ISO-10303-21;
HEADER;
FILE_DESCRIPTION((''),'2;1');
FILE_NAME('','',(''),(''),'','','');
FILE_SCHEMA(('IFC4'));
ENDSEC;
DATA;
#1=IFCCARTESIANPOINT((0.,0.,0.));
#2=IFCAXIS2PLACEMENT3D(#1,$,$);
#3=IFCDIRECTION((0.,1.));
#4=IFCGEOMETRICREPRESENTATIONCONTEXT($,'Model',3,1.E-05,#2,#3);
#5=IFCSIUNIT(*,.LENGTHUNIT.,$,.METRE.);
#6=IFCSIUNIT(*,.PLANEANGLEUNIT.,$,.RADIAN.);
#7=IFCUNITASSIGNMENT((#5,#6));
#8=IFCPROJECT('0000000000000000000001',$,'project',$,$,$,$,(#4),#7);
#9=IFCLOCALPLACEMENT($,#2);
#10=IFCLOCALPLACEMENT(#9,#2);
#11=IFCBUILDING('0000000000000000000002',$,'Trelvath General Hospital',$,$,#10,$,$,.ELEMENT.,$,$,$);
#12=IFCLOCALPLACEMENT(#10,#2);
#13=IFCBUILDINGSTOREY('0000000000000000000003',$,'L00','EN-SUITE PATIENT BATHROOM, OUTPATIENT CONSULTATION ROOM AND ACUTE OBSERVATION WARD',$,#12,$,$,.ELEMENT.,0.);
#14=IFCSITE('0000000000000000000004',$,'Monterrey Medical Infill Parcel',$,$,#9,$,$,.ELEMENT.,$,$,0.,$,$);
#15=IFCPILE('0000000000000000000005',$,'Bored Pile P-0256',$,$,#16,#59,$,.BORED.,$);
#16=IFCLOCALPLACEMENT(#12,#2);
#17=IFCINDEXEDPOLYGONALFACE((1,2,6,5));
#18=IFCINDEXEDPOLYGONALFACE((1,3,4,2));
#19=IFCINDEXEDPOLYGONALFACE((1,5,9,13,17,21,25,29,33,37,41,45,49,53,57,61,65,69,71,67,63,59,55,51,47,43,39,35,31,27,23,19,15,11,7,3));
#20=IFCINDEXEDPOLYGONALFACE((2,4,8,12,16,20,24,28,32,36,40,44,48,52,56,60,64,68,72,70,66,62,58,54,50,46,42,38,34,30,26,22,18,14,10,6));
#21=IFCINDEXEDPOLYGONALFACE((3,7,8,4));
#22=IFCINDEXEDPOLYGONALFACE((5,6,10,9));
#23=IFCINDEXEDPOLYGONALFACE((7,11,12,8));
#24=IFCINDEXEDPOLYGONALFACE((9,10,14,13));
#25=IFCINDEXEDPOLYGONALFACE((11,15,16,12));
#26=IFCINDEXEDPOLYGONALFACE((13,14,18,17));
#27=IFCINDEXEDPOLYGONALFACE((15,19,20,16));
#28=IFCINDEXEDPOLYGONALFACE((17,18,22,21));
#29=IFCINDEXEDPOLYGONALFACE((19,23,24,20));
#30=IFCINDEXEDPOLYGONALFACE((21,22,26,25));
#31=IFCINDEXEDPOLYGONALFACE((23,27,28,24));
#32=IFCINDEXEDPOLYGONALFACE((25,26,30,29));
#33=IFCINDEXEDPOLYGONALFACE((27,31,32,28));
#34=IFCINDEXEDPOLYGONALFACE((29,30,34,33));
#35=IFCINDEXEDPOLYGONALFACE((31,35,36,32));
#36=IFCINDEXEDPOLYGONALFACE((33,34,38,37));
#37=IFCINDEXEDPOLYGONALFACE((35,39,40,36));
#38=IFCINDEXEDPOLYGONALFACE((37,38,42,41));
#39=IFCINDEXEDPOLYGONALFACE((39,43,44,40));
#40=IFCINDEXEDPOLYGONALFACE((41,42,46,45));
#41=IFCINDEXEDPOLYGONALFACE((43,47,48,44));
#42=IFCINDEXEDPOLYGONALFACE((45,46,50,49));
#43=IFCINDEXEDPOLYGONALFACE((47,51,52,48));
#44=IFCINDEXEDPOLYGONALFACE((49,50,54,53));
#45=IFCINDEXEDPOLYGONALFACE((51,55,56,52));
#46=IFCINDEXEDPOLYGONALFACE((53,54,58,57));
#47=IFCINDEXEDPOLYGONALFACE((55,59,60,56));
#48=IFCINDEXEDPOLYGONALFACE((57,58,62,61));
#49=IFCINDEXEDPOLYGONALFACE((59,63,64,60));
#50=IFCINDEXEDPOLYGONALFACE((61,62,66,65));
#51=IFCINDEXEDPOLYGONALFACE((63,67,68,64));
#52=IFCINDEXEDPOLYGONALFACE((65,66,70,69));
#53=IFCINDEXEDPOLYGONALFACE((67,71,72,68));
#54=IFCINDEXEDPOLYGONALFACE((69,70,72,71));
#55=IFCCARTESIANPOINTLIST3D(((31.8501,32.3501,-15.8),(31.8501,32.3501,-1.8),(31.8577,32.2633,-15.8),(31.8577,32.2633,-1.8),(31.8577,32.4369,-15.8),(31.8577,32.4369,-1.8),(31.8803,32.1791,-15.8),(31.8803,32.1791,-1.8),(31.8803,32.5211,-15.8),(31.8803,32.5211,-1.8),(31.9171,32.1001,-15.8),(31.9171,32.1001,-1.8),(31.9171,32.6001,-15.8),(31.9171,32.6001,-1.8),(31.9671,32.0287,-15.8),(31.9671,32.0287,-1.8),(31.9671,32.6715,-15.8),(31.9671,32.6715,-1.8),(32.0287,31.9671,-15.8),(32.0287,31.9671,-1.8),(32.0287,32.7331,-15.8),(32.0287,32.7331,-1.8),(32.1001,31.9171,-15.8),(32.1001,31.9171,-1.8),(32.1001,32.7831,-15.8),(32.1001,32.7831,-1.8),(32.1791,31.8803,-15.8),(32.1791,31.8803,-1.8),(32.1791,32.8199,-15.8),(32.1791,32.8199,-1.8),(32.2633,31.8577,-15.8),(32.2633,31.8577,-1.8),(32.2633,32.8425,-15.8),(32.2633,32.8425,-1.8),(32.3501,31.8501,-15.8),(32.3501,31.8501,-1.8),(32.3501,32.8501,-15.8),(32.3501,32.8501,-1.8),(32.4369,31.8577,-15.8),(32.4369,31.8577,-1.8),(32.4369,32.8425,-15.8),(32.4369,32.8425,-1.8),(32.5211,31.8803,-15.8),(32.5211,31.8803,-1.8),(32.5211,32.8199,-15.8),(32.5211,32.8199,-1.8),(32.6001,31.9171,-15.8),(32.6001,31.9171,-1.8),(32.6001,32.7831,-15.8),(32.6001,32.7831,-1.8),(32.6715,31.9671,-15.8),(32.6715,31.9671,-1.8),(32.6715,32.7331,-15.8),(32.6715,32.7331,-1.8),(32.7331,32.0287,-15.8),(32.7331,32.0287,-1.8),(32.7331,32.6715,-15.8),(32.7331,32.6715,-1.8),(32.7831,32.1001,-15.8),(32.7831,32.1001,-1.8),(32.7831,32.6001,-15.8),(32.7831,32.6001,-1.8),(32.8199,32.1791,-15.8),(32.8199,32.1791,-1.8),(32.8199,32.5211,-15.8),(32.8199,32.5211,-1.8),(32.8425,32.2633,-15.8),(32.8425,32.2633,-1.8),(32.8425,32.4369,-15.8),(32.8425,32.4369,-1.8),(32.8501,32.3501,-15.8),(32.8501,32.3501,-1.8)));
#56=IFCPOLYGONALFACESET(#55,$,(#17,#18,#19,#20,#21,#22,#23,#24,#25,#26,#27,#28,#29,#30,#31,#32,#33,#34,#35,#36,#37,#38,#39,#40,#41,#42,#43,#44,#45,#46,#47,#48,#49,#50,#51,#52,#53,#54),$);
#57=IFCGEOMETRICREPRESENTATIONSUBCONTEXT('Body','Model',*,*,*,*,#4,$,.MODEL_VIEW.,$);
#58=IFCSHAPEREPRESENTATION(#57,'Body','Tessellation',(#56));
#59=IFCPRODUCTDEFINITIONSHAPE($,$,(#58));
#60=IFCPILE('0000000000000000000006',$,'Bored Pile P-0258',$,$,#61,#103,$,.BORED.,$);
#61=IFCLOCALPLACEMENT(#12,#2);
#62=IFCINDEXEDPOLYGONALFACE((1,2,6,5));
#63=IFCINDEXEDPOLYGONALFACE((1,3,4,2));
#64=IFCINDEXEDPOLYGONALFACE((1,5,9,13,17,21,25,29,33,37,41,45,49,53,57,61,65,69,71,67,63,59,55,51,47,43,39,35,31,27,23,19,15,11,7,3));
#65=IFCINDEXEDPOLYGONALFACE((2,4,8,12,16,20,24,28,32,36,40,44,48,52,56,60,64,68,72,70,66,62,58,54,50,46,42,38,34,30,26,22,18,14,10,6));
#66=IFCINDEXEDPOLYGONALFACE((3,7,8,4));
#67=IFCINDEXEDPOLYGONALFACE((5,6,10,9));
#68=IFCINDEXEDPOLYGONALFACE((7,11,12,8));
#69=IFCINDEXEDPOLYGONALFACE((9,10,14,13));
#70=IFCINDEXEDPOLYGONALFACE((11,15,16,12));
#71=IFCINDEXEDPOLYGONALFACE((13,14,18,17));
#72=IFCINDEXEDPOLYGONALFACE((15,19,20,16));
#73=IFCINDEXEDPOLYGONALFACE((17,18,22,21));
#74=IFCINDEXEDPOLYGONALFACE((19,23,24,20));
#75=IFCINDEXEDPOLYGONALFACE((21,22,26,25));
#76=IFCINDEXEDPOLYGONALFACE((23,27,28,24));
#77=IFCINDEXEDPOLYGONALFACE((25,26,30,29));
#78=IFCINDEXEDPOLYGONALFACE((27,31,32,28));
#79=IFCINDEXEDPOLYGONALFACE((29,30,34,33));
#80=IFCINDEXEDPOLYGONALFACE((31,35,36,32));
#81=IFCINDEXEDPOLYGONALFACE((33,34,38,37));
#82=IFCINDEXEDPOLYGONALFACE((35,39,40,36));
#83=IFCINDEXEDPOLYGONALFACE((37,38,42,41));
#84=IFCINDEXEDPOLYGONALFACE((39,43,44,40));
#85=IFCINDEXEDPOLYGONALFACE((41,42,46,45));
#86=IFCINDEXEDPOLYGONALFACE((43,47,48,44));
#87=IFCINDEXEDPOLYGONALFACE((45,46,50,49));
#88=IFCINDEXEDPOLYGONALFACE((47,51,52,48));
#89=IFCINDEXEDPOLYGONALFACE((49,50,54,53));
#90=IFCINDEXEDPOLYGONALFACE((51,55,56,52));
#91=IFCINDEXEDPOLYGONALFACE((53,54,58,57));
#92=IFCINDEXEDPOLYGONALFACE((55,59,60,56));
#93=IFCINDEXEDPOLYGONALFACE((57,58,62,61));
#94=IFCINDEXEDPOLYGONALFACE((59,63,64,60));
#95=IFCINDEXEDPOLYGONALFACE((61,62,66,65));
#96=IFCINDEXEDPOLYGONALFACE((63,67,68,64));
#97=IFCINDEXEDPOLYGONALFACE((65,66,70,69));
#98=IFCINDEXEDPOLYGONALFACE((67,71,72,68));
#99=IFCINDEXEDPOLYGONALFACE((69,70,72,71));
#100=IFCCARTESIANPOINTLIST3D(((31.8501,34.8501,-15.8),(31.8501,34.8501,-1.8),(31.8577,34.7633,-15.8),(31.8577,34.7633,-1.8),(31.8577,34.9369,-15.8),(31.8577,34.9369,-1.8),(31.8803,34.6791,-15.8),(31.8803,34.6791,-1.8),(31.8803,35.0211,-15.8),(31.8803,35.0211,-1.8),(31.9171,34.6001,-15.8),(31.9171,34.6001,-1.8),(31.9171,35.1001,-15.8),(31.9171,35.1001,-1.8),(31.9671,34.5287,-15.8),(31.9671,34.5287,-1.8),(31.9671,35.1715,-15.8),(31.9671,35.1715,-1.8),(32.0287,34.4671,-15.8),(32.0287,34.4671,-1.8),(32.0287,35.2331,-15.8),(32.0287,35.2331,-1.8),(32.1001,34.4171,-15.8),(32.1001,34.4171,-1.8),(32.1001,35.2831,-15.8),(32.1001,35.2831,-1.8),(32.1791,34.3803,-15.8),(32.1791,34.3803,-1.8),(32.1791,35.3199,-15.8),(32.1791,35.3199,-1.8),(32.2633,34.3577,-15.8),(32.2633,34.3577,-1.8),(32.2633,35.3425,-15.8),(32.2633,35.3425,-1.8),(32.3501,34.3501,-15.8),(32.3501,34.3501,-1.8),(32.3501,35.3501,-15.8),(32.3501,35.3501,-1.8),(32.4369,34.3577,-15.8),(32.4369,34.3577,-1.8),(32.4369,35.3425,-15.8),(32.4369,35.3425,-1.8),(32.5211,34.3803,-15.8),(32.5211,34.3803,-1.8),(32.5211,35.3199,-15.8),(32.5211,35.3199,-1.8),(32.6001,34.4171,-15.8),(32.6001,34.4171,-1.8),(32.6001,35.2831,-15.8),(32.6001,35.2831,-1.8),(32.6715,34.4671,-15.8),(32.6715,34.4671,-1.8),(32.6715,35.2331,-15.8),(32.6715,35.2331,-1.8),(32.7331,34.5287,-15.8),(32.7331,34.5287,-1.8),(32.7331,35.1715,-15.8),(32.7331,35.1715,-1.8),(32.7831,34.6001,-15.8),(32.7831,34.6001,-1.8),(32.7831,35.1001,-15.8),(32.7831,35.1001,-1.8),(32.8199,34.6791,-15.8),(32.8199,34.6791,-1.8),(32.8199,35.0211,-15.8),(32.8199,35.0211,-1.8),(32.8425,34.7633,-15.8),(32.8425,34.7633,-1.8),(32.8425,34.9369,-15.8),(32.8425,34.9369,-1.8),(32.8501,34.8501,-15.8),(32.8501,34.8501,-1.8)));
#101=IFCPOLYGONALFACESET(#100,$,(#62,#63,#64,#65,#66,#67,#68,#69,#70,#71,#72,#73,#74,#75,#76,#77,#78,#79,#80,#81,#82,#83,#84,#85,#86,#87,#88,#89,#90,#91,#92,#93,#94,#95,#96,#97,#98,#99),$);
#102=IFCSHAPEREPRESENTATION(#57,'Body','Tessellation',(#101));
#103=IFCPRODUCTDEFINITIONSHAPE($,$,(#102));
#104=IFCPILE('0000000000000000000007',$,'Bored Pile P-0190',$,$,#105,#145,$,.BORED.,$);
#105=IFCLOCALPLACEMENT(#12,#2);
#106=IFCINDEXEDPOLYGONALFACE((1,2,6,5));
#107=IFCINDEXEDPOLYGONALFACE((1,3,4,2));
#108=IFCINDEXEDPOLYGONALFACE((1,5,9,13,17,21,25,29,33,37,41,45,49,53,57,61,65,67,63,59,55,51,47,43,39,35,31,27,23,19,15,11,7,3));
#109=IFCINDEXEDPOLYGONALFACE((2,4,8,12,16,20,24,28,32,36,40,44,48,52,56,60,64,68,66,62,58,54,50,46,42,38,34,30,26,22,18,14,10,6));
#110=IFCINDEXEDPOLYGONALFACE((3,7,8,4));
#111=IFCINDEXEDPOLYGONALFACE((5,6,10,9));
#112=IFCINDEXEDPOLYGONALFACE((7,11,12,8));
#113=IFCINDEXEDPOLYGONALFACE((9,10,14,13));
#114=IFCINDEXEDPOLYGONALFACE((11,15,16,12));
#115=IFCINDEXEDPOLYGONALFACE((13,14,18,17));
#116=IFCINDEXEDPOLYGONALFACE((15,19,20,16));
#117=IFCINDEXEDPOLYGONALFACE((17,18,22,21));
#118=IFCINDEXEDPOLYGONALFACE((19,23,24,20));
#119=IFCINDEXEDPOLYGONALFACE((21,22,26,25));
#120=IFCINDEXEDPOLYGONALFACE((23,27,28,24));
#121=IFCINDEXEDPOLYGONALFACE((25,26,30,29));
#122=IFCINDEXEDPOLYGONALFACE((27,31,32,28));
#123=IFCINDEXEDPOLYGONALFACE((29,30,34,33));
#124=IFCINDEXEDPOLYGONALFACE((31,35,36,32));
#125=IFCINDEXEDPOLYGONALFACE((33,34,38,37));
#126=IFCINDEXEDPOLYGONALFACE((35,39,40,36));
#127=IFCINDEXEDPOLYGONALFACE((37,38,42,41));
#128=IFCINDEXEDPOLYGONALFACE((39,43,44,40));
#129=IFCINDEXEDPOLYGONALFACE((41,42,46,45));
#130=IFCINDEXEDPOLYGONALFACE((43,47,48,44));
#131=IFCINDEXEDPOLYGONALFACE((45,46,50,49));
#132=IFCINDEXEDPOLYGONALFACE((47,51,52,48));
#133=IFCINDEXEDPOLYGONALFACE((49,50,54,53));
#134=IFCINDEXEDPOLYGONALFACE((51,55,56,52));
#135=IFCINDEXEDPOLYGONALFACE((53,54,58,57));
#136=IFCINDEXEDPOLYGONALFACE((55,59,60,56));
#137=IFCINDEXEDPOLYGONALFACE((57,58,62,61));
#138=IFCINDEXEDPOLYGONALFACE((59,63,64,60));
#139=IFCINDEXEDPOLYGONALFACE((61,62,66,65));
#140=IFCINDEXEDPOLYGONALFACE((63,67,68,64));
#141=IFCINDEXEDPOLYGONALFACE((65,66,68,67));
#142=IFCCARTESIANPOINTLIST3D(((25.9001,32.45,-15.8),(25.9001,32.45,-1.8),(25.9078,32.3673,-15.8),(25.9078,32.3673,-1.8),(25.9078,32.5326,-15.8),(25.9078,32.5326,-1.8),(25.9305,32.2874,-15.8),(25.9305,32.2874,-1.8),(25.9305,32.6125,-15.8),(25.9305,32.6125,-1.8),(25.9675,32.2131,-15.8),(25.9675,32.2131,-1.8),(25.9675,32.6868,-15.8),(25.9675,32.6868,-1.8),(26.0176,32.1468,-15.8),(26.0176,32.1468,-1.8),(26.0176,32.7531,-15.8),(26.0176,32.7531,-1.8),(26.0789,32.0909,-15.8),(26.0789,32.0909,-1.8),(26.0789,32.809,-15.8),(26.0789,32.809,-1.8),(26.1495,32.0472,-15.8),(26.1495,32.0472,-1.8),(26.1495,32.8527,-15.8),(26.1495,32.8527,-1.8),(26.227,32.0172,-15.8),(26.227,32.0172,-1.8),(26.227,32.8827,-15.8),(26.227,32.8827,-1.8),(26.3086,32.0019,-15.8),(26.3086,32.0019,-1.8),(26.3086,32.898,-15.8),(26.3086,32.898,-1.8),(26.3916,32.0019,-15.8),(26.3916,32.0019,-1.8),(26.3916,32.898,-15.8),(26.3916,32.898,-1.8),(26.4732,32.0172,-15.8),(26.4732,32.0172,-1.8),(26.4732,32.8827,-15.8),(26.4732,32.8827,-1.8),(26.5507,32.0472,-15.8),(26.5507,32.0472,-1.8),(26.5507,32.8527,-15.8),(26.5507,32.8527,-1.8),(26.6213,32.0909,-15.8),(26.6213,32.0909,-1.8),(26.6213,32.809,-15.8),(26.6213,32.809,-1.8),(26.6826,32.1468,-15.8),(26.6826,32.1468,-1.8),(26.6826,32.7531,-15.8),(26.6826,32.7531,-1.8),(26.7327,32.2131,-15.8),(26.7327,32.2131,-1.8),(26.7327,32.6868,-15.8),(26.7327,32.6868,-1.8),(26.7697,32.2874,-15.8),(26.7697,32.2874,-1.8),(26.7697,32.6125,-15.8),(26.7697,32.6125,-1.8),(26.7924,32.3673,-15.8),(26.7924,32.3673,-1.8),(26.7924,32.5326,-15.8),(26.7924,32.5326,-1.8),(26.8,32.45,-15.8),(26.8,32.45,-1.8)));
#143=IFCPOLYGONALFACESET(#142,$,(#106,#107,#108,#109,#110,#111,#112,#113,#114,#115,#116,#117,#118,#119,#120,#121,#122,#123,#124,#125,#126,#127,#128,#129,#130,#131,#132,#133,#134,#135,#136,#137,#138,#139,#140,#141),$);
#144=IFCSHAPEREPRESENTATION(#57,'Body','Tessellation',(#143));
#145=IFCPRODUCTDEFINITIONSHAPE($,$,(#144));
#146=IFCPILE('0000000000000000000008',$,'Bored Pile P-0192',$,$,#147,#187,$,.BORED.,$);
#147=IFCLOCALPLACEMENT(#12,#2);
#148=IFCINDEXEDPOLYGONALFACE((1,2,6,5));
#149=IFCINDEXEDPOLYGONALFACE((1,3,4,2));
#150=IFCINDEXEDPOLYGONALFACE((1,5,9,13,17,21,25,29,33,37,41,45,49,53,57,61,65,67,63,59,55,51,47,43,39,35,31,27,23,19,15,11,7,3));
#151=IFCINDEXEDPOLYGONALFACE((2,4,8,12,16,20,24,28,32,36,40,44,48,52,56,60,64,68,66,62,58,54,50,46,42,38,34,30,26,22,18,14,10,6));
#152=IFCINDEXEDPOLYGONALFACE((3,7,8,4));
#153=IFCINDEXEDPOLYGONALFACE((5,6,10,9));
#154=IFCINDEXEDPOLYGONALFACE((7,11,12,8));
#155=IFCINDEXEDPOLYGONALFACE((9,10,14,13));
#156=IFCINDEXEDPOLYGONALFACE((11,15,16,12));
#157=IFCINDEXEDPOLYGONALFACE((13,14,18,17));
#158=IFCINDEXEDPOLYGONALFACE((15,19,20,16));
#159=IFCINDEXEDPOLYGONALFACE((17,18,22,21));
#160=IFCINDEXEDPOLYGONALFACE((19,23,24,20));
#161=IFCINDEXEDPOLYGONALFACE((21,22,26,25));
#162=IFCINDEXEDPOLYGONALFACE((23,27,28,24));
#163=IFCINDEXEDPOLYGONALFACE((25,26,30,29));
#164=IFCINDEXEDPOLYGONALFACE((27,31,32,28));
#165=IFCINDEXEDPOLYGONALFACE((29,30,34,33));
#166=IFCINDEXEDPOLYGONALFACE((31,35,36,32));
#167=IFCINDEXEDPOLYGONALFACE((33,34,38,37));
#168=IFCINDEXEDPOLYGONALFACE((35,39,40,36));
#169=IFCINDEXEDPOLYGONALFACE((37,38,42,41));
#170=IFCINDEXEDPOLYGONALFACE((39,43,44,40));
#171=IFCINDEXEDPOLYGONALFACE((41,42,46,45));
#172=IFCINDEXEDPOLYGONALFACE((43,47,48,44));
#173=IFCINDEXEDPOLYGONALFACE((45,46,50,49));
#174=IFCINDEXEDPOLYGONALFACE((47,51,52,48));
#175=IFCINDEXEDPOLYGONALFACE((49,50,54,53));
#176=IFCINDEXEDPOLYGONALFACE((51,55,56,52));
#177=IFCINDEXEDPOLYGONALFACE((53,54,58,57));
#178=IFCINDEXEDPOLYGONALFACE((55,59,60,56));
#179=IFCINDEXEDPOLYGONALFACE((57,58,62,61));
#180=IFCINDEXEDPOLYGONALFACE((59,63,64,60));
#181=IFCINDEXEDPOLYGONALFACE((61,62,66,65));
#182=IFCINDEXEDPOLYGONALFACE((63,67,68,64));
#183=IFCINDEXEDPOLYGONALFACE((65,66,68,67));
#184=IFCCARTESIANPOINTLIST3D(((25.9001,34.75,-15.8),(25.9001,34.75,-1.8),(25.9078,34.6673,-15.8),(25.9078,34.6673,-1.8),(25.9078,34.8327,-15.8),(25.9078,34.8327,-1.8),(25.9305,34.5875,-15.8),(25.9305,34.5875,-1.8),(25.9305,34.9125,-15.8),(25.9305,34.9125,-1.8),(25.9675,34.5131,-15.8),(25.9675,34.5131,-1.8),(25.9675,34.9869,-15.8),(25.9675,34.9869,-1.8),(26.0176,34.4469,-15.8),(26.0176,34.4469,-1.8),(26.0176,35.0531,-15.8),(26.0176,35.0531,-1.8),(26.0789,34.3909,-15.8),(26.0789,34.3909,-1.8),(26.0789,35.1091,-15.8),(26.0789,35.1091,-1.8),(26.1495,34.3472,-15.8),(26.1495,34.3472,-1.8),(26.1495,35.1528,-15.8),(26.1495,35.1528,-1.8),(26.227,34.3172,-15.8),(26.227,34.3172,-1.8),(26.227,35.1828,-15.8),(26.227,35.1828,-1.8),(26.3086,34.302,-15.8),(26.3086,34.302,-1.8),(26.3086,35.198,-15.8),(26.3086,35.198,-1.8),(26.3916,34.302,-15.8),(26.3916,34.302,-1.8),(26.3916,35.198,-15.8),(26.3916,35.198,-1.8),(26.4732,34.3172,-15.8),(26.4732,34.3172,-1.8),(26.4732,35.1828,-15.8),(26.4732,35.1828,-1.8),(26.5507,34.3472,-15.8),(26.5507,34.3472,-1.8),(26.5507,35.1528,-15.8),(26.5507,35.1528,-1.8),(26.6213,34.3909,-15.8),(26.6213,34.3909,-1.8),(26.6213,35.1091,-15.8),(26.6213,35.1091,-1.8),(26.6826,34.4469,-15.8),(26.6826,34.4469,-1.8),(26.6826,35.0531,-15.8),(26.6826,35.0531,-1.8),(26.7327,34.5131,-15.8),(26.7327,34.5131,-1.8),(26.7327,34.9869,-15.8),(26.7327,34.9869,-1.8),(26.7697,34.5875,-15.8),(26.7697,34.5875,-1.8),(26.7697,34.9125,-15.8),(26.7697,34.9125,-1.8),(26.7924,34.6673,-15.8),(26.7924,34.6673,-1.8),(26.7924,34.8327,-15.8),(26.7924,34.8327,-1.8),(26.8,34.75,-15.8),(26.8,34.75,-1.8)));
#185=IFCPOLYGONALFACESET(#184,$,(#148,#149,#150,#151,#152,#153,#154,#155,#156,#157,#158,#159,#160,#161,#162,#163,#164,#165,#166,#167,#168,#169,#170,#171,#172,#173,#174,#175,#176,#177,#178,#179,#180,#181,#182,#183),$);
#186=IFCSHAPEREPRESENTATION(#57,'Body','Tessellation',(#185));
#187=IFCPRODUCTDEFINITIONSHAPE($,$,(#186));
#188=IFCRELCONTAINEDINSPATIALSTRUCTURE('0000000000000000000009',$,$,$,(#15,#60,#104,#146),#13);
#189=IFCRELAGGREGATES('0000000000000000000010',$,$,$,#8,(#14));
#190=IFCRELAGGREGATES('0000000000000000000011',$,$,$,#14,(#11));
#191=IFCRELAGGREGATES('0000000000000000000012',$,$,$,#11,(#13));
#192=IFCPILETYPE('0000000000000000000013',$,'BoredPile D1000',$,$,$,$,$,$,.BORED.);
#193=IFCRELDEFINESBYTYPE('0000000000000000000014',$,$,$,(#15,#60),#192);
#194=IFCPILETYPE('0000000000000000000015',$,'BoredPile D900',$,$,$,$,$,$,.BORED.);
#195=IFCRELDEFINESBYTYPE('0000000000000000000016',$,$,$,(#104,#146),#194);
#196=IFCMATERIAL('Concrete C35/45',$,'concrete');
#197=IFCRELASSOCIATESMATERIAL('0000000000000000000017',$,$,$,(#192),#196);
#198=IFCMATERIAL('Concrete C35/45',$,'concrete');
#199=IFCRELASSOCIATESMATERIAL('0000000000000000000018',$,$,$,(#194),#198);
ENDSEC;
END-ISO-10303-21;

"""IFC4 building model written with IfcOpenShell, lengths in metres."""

from ifc_helpers import new_model, si_unit, direction, frame, origin, origin_2d, place, context, subcontext, project, spatial, circle, extrude, material, material_profile, profile_set, type_object, element, save


model = new_model("IFC4")

# Units and contexts
model_context = context("Model", 3, precision=1e-05, world=origin(), true_north=direction((0.0, 1.0)))
body_context = subcontext(model_context, "Body", "Model", "MODEL_VIEW")
ifc_project = project(units=[si_unit("LENGTHUNIT", "METRE"), si_unit("PLANEANGLEUNIT", "RADIAN")], contexts=[model_context])

# Site, building, storey
site_placement = place(None, origin())
site = spatial("IfcSite", under=ifc_project, at=site_placement, Name="Monterrey Medical Infill Parcel", CompositionType="ELEMENT", RefElevation=0.0)
building_placement = place(site_placement, origin())
building = spatial("IfcBuilding", under=site, at=building_placement, Name="Trelvath General Hospital", CompositionType="ELEMENT")
storey_placement = place(building_placement, origin())
storey = spatial("IfcBuildingStorey", under=building, at=storey_placement, Name="L00", Description="EN-SUITE PATIENT BATHROOM, OUTPATIENT CONSULTATION ROOM AND ACUTE OBSERVATION WARD", CompositionType="ELEMENT", Elevation=0.0)

# Piles
ifc_material_1 = material(Name="Concrete C35/45", Category="concrete")
ifc_material_profile_1 = material_profile(ifc_material_1, circle(Radius=0.5, at=origin_2d()), Name="PILE1000")
ifc_profile_set_1 = profile_set([ifc_material_profile_1], Name="Concrete C35/45")
pile_type_1 = type_object("IfcPileType", Name="BoredPile D1000", PredefinedType="BORED", material=ifc_profile_set_1)
for number, where, z_axis, x_axis, name in (
    (1, (32.3501, 32.3501, -1.8), (0.0, 0.0, -1.0), (1.0, 0.0, 0.0), "Bored Pile P-0256"),
    (2, (32.3501, 34.8501, -1.8), (0.0, 0.0, -1.0), (1.0, 0.0, 0.0), "Bored Pile P-0258"),
):
    element("IfcPile", number, at=place(storey_placement, frame(where, z_axis=z_axis, x_axis=x_axis)), inside=storey, type_object=pile_type_1, Name=name, PredefinedType="BORED", context=body_context, shape_type="SweptSolid", body=[
        extrude(circle(Radius=0.5, at=origin_2d()), origin(), (0.0, 0.0, 1.0), 14.0),
    ])
ifc_material_2 = material(Name="Concrete C35/45", Category="concrete")
ifc_material_profile_2 = material_profile(ifc_material_2, circle(Radius=0.45, at=origin_2d()), Name="PILE900")
ifc_profile_set_2 = profile_set([ifc_material_profile_2], Name="Concrete C35/45")
pile_type_2 = type_object("IfcPileType", Name="BoredPile D900", PredefinedType="BORED", material=ifc_profile_set_2)
for number, where, z_axis, x_axis, name in (
    (3, (26.3501, 32.45, -1.8), (0.0, 0.0, -1.0), (1.0, 0.0, 0.0), "Bored Pile P-0190"),
    (4, (26.3501, 34.75, -1.8), (0.0, 0.0, -1.0), (1.0, 0.0, 0.0), "Bored Pile P-0192"),
):
    element("IfcPile", number, at=place(storey_placement, frame(where, z_axis=z_axis, x_axis=x_axis)), inside=storey, type_object=pile_type_2, Name=name, PredefinedType="BORED", context=body_context, shape_type="SweptSolid", body=[
        extrude(circle(Radius=0.45, at=origin_2d()), origin(), (0.0, 0.0, 1.0), 14.0),
    ])

save(model, "model.ifc")
